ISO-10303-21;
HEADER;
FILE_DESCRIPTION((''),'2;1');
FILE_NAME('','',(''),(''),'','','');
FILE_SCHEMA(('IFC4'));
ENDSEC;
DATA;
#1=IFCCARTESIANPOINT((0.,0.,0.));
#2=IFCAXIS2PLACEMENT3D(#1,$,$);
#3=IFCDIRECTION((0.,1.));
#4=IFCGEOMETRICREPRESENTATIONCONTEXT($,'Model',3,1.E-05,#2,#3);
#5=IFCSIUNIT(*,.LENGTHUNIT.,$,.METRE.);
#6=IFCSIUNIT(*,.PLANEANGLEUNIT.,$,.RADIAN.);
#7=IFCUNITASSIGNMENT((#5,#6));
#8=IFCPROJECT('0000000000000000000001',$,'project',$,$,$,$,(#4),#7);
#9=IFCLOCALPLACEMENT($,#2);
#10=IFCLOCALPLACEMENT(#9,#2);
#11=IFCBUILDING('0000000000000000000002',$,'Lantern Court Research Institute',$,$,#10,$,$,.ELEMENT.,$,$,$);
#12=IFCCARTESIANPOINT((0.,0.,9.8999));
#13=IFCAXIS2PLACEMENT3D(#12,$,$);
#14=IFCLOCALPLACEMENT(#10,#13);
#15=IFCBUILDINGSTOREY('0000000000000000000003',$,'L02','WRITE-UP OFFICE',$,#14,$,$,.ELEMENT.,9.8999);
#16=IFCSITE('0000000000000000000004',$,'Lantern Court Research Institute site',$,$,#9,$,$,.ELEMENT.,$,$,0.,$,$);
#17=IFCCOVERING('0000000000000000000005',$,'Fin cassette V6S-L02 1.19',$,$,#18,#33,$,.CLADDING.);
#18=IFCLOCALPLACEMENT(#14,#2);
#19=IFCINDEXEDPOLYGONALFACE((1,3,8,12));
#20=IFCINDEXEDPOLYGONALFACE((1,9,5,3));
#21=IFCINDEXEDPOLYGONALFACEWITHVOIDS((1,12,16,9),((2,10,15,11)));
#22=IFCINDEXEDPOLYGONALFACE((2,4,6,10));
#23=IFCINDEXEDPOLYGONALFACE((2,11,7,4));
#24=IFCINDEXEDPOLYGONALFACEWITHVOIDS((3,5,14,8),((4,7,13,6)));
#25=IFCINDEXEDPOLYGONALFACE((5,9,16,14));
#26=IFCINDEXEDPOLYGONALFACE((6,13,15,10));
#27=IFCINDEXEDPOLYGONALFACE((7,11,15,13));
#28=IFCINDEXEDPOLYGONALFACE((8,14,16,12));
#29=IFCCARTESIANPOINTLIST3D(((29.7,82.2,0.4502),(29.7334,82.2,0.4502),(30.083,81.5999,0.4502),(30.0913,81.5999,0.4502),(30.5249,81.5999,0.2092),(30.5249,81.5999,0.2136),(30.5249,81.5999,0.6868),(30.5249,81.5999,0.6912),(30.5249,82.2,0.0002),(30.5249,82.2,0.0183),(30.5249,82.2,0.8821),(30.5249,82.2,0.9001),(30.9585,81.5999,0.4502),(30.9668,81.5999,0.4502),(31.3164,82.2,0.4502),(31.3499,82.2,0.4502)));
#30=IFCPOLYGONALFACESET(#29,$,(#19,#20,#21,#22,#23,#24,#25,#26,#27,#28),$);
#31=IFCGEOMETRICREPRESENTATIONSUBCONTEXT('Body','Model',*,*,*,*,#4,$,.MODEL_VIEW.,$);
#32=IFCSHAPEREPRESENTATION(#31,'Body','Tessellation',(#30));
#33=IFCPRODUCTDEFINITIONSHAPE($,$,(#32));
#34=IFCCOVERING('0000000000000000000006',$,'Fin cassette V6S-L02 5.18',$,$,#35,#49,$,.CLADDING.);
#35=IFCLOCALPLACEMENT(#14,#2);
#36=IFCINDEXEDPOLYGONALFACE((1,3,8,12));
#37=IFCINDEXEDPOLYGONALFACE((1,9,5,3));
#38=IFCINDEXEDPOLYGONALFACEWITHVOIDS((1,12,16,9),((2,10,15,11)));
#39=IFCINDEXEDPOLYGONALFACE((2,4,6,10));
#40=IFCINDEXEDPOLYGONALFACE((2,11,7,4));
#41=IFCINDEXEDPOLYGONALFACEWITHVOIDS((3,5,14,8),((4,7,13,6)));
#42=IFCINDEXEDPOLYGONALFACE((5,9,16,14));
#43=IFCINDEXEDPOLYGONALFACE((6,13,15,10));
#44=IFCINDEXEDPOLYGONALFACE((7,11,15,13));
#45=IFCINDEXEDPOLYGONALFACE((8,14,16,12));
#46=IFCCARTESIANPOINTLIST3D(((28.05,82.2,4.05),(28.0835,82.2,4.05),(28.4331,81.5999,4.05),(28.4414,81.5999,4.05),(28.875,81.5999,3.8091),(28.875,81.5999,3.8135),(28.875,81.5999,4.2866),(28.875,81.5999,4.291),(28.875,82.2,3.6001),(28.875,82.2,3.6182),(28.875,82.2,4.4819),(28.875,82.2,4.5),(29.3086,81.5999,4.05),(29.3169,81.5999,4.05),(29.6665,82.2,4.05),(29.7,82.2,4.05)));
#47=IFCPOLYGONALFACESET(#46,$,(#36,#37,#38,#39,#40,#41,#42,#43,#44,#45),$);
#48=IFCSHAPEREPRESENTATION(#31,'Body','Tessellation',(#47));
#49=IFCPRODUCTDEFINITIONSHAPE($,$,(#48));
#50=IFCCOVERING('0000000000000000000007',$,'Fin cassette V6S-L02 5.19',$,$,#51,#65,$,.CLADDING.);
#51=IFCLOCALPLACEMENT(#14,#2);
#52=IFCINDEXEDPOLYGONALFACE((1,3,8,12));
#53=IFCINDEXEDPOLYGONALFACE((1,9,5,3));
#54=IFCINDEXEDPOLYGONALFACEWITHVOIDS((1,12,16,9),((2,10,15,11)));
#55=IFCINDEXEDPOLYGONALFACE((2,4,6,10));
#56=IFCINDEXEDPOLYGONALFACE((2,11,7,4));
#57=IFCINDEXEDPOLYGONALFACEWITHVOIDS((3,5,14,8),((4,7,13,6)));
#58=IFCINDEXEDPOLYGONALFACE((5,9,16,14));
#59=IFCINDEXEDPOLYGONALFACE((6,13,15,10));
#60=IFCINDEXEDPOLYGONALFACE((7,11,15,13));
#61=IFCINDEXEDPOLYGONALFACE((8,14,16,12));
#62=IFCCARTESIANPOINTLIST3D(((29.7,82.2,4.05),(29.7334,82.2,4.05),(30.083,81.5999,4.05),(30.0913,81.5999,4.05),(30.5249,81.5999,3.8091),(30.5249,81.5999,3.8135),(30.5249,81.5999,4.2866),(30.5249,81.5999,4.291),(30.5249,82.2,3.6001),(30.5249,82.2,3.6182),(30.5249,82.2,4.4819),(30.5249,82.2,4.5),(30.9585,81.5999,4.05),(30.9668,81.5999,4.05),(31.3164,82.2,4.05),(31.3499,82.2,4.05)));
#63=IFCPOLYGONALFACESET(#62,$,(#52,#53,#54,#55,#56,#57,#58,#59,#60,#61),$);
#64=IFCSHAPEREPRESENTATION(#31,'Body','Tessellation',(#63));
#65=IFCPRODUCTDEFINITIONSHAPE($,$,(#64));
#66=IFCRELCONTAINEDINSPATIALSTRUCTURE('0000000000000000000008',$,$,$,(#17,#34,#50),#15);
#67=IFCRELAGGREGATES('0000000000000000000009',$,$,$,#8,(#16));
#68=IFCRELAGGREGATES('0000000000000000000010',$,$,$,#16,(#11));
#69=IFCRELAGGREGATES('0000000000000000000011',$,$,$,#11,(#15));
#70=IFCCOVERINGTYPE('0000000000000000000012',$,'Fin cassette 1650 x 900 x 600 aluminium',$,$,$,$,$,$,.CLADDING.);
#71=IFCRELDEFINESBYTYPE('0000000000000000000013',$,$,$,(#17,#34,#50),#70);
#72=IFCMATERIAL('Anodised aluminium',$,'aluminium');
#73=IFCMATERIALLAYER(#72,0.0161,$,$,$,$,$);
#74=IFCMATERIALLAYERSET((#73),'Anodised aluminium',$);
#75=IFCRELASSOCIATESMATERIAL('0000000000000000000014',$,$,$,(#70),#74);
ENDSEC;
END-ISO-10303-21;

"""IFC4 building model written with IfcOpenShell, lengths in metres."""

from ifc_helpers import new_model, entity, si_unit, direction, frame, origin, place, context, subcontext, project, spatial, material, layer, layer_set, type_object, element, save


model = new_model("IFC4")

# Units and contexts
model_context = context("Model", 3, precision=1e-05, world=origin(), true_north=direction((0.0, 1.0)))
body_context = subcontext(model_context, "Body", "Model", "MODEL_VIEW")
ifc_project = project(units=[si_unit("LENGTHUNIT", "METRE"), si_unit("PLANEANGLEUNIT", "RADIAN")], contexts=[model_context])

# Site, building, storey
site_placement = place(None, origin())
site = spatial("IfcSite", under=ifc_project, at=site_placement, Name="Lantern Court Research Institute site", CompositionType="ELEMENT", RefElevation=0.0)
building_placement = place(site_placement, origin())
building = spatial("IfcBuilding", under=site, at=building_placement, Name="Lantern Court Research Institute", CompositionType="ELEMENT")
storey_placement = place(building_placement, frame((0.0, 0.0, 9.8999)))
storey = spatial("IfcBuildingStorey", under=building, at=storey_placement, Name="L02", Description="WRITE-UP OFFICE", CompositionType="ELEMENT", Elevation=9.8999)

# Coverings
ifc_material_1 = material(Name="Anodised aluminium", Category="aluminium")
ifc_layer_1 = layer(ifc_material_1, 0.0161)
ifc_layer_set_1 = layer_set([ifc_layer_1], Name="Anodised aluminium")
covering_type_1 = type_object("IfcCoveringType", Name="Fin cassette 1650 x 900 x 600 aluminium", PredefinedType="CLADDING", material=ifc_layer_set_1)
covering_1_placement = place(storey_placement, frame((30.5249, 82.2, 0.4502), z_axis=(0.0, -1.0, 0.0), x_axis=(1.0, 0.0, 0.0)))
cartesian_point_1 = entity("IfcCartesianPoint", [0.825, 0.0])
cartesian_point_2 = entity("IfcCartesianPoint", [0.7915, 0.0])
cartesian_point_3 = entity("IfcCartesianPoint", [0.4419, 0.0])
cartesian_point_4 = entity("IfcCartesianPoint", [0.4336, 0.0])
element("IfcCovering", 1, at=covering_1_placement, inside=storey, type_object=covering_type_1, Name="Fin cassette V6S-L02 1.19", PredefinedType="CLADDING", context=body_context, shape_type="SweptSolid", body=[
    entity("IfcExtrudedAreaSolidTapered", entity("IfcArbitraryProfileDefWithVoids", "AREA", None, entity("IfcPolyline", [cartesian_point_1, entity("IfcCartesianPoint", [0.0, 0.45]), entity("IfcCartesianPoint", [-0.825, 0.0]), entity("IfcCartesianPoint", [0.0, -0.45]), cartesian_point_1]), [entity("IfcPolyline", [cartesian_point_2, entity("IfcCartesianPoint", [0.0, 0.4319]), entity("IfcCartesianPoint", [-0.7915, 0.0]), entity("IfcCartesianPoint", [0.0, -0.4319]), cartesian_point_2])]), entity("IfcAxis2Placement3D", entity("IfcCartesianPoint", [0.0, 0.0, 0.0])), entity("IfcDirection", [0.0, 0.0, 1.0]), 0.6001, entity("IfcArbitraryProfileDefWithVoids", "AREA", None, entity("IfcPolyline", [cartesian_point_3, entity("IfcCartesianPoint", [0.0, 0.241]), entity("IfcCartesianPoint", [-0.4419, 0.0]), entity("IfcCartesianPoint", [0.0, -0.241]), cartesian_point_3]), [entity("IfcPolyline", [cartesian_point_4, entity("IfcCartesianPoint", [0.0, 0.2366]), entity("IfcCartesianPoint", [-0.4336, 0.0]), entity("IfcCartesianPoint", [0.0, -0.2366]), cartesian_point_4])])),
])
covering_2_placement = place(storey_placement, frame((28.875, 82.2, 4.05), z_axis=(0.0, -1.0, 0.0), x_axis=(1.0, 0.0, 0.0)))
cartesian_point_5 = entity("IfcCartesianPoint", [0.825, 0.0])
cartesian_point_6 = entity("IfcCartesianPoint", [0.7915, 0.0])
cartesian_point_7 = entity("IfcCartesianPoint", [0.4419, 0.0])
cartesian_point_8 = entity("IfcCartesianPoint", [0.4336, 0.0])
element("IfcCovering", 2, at=covering_2_placement, inside=storey, type_object=covering_type_1, Name="Fin cassette V6S-L02 5.18", PredefinedType="CLADDING", context=body_context, shape_type="SweptSolid", body=[
    entity("IfcExtrudedAreaSolidTapered", entity("IfcArbitraryProfileDefWithVoids", "AREA", None, entity("IfcPolyline", [cartesian_point_5, entity("IfcCartesianPoint", [0.0, 0.45]), entity("IfcCartesianPoint", [-0.825, 0.0]), entity("IfcCartesianPoint", [0.0, -0.45]), cartesian_point_5]), [entity("IfcPolyline", [cartesian_point_6, entity("IfcCartesianPoint", [0.0, 0.4319]), entity("IfcCartesianPoint", [-0.7915, 0.0]), entity("IfcCartesianPoint", [0.0, -0.4319]), cartesian_point_6])]), entity("IfcAxis2Placement3D", entity("IfcCartesianPoint", [0.0, 0.0, 0.0])), entity("IfcDirection", [0.0, 0.0, 1.0]), 0.6001, entity("IfcArbitraryProfileDefWithVoids", "AREA", None, entity("IfcPolyline", [cartesian_point_7, entity("IfcCartesianPoint", [0.0, 0.241]), entity("IfcCartesianPoint", [-0.4419, 0.0]), entity("IfcCartesianPoint", [0.0, -0.241]), cartesian_point_7]), [entity("IfcPolyline", [cartesian_point_8, entity("IfcCartesianPoint", [0.0, 0.2366]), entity("IfcCartesianPoint", [-0.4336, 0.0]), entity("IfcCartesianPoint", [0.0, -0.2366]), cartesian_point_8])])),
])
covering_3_placement = place(storey_placement, frame((30.5249, 82.2, 4.05), z_axis=(0.0, -1.0, 0.0), x_axis=(1.0, 0.0, 0.0)))
cartesian_point_9 = entity("IfcCartesianPoint", [0.825, 0.0])
cartesian_point_10 = entity("IfcCartesianPoint", [0.7915, 0.0])
cartesian_point_11 = entity("IfcCartesianPoint", [0.4419, 0.0])
cartesian_point_12 = entity("IfcCartesianPoint", [0.4336, 0.0])
element("IfcCovering", 3, at=covering_3_placement, inside=storey, type_object=covering_type_1, Name="Fin cassette V6S-L02 5.19", PredefinedType="CLADDING", context=body_context, shape_type="SweptSolid", body=[
    entity("IfcExtrudedAreaSolidTapered", entity("IfcArbitraryProfileDefWithVoids", "AREA", None, entity("IfcPolyline", [cartesian_point_9, entity("IfcCartesianPoint", [0.0, 0.45]), entity("IfcCartesianPoint", [-0.825, 0.0]), entity("IfcCartesianPoint", [0.0, -0.45]), cartesian_point_9]), [entity("IfcPolyline", [cartesian_point_10, entity("IfcCartesianPoint", [0.0, 0.4319]), entity("IfcCartesianPoint", [-0.7915, 0.0]), entity("IfcCartesianPoint", [0.0, -0.4319]), cartesian_point_10])]), entity("IfcAxis2Placement3D", entity("IfcCartesianPoint", [0.0, 0.0, 0.0])), entity("IfcDirection", [0.0, 0.0, 1.0]), 0.6001, entity("IfcArbitraryProfileDefWithVoids", "AREA", None, entity("IfcPolyline", [cartesian_point_11, entity("IfcCartesianPoint", [0.0, 0.241]), entity("IfcCartesianPoint", [-0.4419, 0.0]), entity("IfcCartesianPoint", [0.0, -0.241]), cartesian_point_11]), [entity("IfcPolyline", [cartesian_point_12, entity("IfcCartesianPoint", [0.0, 0.2366]), entity("IfcCartesianPoint", [-0.4336, 0.0]), entity("IfcCartesianPoint", [0.0, -0.2366]), cartesian_point_12])])),
])

save(model, "model.ifc")
